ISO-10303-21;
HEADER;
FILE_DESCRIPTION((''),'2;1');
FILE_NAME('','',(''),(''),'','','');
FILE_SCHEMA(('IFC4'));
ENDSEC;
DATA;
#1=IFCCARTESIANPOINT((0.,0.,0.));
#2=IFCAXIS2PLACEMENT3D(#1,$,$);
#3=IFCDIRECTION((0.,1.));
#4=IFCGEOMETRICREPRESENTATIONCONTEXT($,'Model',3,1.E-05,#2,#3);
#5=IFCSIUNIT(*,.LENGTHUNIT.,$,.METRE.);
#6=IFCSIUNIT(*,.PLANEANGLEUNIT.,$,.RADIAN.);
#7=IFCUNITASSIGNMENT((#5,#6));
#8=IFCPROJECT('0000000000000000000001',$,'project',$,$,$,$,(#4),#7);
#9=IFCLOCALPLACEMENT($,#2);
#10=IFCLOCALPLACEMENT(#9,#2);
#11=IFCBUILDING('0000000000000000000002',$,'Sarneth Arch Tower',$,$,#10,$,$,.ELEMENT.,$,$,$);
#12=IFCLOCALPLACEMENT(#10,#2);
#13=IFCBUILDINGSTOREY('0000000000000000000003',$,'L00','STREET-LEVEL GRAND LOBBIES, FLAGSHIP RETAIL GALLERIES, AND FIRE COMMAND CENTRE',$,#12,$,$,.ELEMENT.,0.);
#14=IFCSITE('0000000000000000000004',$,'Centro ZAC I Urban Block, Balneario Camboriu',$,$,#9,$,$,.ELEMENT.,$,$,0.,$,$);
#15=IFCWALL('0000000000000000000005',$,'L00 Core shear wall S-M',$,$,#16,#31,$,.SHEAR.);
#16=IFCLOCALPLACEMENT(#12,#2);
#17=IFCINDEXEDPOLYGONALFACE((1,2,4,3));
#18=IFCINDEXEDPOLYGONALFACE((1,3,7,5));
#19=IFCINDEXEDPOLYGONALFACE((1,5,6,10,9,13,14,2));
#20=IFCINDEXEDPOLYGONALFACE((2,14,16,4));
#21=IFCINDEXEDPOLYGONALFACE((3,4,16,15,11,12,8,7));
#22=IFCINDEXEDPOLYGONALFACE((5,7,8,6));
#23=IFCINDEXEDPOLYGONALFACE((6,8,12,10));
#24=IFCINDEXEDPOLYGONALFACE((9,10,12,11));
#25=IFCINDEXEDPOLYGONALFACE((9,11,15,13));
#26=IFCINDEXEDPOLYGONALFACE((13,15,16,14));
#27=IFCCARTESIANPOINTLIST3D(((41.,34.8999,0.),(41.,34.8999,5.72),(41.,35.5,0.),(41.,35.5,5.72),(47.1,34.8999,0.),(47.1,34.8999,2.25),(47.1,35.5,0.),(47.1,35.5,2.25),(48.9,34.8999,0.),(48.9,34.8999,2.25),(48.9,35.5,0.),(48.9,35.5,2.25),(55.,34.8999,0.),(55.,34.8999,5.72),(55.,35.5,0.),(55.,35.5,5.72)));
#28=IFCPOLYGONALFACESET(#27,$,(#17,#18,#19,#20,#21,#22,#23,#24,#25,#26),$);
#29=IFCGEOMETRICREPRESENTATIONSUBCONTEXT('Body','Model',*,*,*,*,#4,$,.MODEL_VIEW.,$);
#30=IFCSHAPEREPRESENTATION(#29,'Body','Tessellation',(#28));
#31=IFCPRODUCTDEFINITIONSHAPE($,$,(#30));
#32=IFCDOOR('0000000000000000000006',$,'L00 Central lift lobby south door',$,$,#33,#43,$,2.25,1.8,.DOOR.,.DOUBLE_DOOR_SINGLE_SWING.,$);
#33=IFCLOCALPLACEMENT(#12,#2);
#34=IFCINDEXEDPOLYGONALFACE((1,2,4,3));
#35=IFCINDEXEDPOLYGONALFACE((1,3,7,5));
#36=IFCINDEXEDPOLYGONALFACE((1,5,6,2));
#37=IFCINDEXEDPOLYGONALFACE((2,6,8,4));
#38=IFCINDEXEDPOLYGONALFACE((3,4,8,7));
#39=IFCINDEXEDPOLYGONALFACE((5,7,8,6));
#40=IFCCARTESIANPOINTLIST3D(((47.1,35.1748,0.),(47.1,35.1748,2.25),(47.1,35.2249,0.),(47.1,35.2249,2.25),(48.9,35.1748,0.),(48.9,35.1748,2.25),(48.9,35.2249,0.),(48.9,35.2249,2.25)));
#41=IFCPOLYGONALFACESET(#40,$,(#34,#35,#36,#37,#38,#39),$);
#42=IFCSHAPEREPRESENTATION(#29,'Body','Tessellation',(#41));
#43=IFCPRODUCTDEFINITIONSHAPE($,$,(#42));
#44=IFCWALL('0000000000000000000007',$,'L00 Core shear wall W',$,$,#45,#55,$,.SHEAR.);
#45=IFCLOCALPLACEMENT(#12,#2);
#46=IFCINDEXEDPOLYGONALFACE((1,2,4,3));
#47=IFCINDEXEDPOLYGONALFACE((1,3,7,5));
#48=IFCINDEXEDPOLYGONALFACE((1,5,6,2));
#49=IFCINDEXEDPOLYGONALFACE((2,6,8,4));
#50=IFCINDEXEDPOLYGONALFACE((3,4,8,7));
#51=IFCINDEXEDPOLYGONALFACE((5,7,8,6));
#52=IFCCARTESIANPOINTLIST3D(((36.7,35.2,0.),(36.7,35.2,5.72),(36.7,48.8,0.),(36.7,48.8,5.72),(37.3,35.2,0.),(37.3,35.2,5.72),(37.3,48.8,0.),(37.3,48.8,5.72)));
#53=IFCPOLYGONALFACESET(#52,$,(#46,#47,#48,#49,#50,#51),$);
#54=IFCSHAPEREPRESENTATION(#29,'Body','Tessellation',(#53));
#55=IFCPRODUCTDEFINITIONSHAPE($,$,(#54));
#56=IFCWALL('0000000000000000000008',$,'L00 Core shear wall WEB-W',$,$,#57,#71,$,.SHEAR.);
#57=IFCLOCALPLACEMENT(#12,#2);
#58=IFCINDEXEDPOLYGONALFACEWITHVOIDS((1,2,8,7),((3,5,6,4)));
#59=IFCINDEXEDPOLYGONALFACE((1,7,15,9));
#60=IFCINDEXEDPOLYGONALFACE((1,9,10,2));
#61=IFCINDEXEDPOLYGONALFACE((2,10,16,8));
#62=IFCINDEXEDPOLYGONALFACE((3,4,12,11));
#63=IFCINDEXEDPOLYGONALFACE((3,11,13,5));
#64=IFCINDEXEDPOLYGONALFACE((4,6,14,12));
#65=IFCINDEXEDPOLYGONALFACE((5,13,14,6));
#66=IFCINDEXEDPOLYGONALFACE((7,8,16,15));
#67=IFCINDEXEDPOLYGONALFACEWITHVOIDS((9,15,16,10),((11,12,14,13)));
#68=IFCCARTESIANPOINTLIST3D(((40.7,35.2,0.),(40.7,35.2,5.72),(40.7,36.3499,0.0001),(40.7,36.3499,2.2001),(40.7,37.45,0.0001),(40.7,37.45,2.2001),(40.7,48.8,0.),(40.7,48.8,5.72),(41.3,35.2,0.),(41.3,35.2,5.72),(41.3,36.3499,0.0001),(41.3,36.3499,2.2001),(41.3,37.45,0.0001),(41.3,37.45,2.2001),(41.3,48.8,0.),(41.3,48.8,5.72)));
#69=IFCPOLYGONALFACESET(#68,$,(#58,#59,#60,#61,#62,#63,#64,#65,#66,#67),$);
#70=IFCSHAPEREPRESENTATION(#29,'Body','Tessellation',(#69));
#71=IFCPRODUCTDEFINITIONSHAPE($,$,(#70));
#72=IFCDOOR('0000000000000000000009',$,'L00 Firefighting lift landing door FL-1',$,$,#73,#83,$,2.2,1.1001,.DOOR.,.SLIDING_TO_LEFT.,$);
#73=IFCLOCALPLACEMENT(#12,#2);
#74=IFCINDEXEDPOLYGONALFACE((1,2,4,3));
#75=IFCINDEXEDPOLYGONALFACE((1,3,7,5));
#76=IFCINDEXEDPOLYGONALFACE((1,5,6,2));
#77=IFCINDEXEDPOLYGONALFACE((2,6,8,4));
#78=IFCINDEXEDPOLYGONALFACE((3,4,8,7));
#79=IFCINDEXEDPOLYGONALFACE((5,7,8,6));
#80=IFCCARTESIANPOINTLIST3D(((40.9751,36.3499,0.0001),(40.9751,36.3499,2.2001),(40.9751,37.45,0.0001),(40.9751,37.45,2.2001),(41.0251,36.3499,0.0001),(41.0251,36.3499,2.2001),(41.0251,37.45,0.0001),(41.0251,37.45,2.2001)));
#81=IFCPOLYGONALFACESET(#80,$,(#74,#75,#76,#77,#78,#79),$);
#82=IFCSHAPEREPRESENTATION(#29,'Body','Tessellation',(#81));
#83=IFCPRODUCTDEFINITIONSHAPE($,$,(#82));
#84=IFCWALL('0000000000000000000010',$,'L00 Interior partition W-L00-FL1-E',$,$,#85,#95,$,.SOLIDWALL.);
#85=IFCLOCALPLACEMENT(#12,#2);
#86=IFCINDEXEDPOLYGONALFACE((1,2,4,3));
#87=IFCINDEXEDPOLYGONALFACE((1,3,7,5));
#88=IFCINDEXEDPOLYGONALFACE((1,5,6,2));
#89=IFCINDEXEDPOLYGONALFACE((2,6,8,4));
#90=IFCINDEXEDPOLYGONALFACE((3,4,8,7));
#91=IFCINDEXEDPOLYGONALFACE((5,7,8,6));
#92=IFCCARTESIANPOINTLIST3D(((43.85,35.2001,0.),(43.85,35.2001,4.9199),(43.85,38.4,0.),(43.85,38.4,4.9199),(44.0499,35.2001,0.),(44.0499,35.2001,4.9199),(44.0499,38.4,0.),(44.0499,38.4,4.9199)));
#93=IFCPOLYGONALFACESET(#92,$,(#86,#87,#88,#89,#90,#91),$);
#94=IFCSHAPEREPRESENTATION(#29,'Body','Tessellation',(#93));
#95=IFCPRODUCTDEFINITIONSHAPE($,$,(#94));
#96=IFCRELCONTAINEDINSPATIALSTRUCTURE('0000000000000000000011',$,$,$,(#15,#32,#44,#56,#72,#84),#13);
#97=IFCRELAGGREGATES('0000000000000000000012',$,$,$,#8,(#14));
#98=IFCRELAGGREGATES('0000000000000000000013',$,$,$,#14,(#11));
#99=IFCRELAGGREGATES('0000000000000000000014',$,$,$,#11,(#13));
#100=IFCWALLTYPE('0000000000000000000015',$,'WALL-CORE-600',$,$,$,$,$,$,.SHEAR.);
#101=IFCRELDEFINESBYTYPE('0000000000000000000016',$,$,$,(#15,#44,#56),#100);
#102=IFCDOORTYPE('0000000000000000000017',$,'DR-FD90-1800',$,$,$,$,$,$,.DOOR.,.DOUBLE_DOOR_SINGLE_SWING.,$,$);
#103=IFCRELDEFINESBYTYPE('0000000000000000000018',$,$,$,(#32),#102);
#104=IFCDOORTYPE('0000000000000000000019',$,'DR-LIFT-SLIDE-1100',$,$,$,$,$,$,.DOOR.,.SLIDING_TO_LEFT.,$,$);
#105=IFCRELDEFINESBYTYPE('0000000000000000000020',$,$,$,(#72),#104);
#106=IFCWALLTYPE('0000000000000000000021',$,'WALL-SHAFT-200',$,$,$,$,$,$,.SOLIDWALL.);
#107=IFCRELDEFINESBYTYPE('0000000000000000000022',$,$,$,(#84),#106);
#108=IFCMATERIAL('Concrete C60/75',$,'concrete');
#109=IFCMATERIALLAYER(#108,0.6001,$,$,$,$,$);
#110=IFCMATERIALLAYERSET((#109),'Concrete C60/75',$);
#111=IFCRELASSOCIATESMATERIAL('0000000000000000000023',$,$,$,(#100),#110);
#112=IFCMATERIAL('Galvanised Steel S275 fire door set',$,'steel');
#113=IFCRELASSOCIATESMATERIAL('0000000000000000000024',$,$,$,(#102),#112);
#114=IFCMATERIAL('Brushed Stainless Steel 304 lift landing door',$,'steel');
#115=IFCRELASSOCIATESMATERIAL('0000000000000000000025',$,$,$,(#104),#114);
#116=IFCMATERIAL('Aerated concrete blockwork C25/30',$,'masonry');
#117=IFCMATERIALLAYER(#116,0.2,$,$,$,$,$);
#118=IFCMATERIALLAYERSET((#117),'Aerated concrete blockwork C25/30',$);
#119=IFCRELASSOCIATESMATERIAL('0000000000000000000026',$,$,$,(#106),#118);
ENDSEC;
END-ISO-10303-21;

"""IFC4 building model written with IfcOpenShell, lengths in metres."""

from ifc_helpers import new_model, si_unit, direction, frame, frame_2d, origin, place, context, subcontext, project, spatial, rectangle, extrude, material, layer, layer_set, type_object, element, fill, save


model = new_model("IFC4")

# Units and contexts
model_context = context("Model", 3, precision=1e-05, world=origin(), true_north=direction((0.0, 1.0)))
body_context = subcontext(model_context, "Body", "Model", "MODEL_VIEW")
ifc_project = project(units=[si_unit("LENGTHUNIT", "METRE"), si_unit("PLANEANGLEUNIT", "RADIAN")], contexts=[model_context])

# Site, building, storey
site_placement = place(None, origin())
site = spatial("IfcSite", under=ifc_project, at=site_placement, Name="Centro ZAC I Urban Block, Balneario Camboriu", CompositionType="ELEMENT", RefElevation=0.0)
building_placement = place(site_placement, origin())
building = spatial("IfcBuilding", under=site, at=building_placement, Name="Sarneth Arch Tower", CompositionType="ELEMENT")
storey_placement = place(building_placement, origin())
storey = spatial("IfcBuildingStorey", under=building, at=storey_placement, Name="L00", Description="STREET-LEVEL GRAND LOBBIES, FLAGSHIP RETAIL GALLERIES, AND FIRE COMMAND CENTRE", CompositionType="ELEMENT", Elevation=0.0)

# Wall, opening, door
ifc_material_1 = material(Name="Concrete C60/75", Category="concrete")
ifc_layer_1 = layer(ifc_material_1, 0.6001)
ifc_layer_set_1 = layer_set([ifc_layer_1], Name="Concrete C60/75")
wall_type_1 = type_object("IfcWallType", Name="WALL-CORE-600", PredefinedType="SHEAR", material=ifc_layer_set_1)
wall_1_placement = place(storey_placement, frame((41.0, 35.2, 0.0), z_axis=(0.0, 0.0, 1.0), x_axis=(1.0, 0.0, 0.0)))
wall_1 = element("IfcWall", 1, at=wall_1_placement, inside=storey, type_object=wall_type_1, Name="L00 Core shear wall S-M", PredefinedType="SHEAR", context=body_context, shape_type="SweptSolid", body=[
    extrude(rectangle(XDim=14.0, YDim=0.6001, at=frame_2d((7.0, 0.0))), origin(), (0.0, 0.0, 1.0), 5.72),
])
opening_1_placement = place(wall_1_placement, frame((6.1001, 0.0, 0.0)))
opening_1 = element("IfcOpeningElement", 2, at=opening_1_placement, cuts=wall_1, PredefinedType="OPENING", context=body_context, shape_type="SweptSolid", body=[
    extrude(rectangle(XDim=1.8, YDim=2.25, at=frame_2d((0.8999, 1.125))), frame((0.0, 0.3101, 0.0), z_axis=(0.0, -1.0, 0.0), x_axis=(1.0, 0.0, 0.0)), (0.0, 0.0, 1.0), 0.6201),
])
ifc_material_2 = material(Name="Galvanised Steel S275 fire door set", Category="steel")
door_type_1 = type_object("IfcDoorType", Name="DR-FD90-1800", OperationType="DOUBLE_DOOR_SINGLE_SWING", PredefinedType="DOOR", material=ifc_material_2)
door_1_placement = place(opening_1_placement, origin())
door_1 = element("IfcDoor", 3, at=door_1_placement, inside=storey, type_object=door_type_1, Name="L00 Central lift lobby south door", OperationType="DOUBLE_DOOR_SINGLE_SWING", OverallHeight=2.25, OverallWidth=1.8, PredefinedType="DOOR", context=body_context, shape_type="SweptSolid", body=[
    extrude(rectangle(XDim=1.8, YDim=2.25, at=frame_2d((0.8999, 1.125))), frame((0.0, 0.0249, 0.0), z_axis=(0.0, -1.0, 0.0), x_axis=(1.0, 0.0, 0.0)), (0.0, 0.0, 1.0), 0.05),
])
fill(opening_1, door_1)

# Wall
wall_2_placement = place(storey_placement, frame((37.0, 35.2, 0.0), z_axis=(0.0, 0.0, 1.0), x_axis=(0.0, 1.0, 0.0)))
element("IfcWall", 4, at=wall_2_placement, inside=storey, type_object=wall_type_1, Name="L00 Core shear wall W", PredefinedType="SHEAR", context=body_context, shape_type="SweptSolid", body=[
    extrude(rectangle(XDim=13.6001, YDim=0.6001, at=frame_2d((6.8, 0.0))), origin(), (0.0, 0.0, 1.0), 5.72),
])

# Wall, opening, door
wall_3_placement = place(storey_placement, frame((41.0, 35.2, 0.0), z_axis=(0.0, 0.0, 1.0), x_axis=(0.0, 1.0, 0.0)))
wall_3 = element("IfcWall", 5, at=wall_3_placement, inside=storey, type_object=wall_type_1, Name="L00 Core shear wall WEB-W", PredefinedType="SHEAR", context=body_context, shape_type="SweptSolid", body=[
    extrude(rectangle(XDim=13.6001, YDim=0.6001, at=frame_2d((6.8, 0.0))), origin(), (0.0, 0.0, 1.0), 5.72),
])
opening_2_placement = place(wall_3_placement, frame((1.1499, 0.0, 0.0)))
opening_2 = element("IfcOpeningElement", 6, at=opening_2_placement, cuts=wall_3, PredefinedType="OPENING", context=body_context, shape_type="SweptSolid", body=[
    extrude(rectangle(XDim=1.1001, YDim=2.2, at=frame_2d((0.55, 1.1001))), frame((0.0, 0.3101, 0.0), z_axis=(0.0, -1.0, 0.0), x_axis=(1.0, 0.0, 0.0)), (0.0, 0.0, 1.0), 0.6201),
])
ifc_material_3 = material(Name="Brushed Stainless Steel 304 lift landing door", Category="steel")
door_type_2 = type_object("IfcDoorType", Name="DR-LIFT-SLIDE-1100", OperationType="SLIDING_TO_LEFT", PredefinedType="DOOR", material=ifc_material_3)
door_2_placement = place(opening_2_placement, origin())
door_2 = element("IfcDoor", 7, at=door_2_placement, inside=storey, type_object=door_type_2, Name="L00 Firefighting lift landing door FL-1", OperationType="SLIDING_TO_LEFT", OverallHeight=2.2, OverallWidth=1.1001, PredefinedType="DOOR", context=body_context, shape_type="SweptSolid", body=[
    extrude(rectangle(XDim=1.1001, YDim=2.2, at=frame_2d((0.55, 1.1001))), frame((0.0, 0.0249, 0.0), z_axis=(0.0, -1.0, 0.0), x_axis=(1.0, 0.0, 0.0)), (0.0, 0.0, 1.0), 0.05),
])
fill(opening_2, door_2)

# Wall
ifc_material_4 = material(Name="Aerated concrete blockwork C25/30", Category="masonry")
ifc_layer_2 = layer(ifc_material_4, 0.2)
ifc_layer_set_2 = layer_set([ifc_layer_2], Name="Aerated concrete blockwork C25/30")
wall_type_2 = type_object("IfcWallType", Name="WALL-SHAFT-200", PredefinedType="SOLIDWALL", material=ifc_layer_set_2)
wall_4_placement = place(storey_placement, frame((43.95, 35.2, 0.0), z_axis=(0.0, 0.0, 1.0), x_axis=(0.0, 1.0, 0.0)))
element("IfcWall", 8, at=wall_4_placement, inside=storey, type_object=wall_type_2, Name="L00 Interior partition W-L00-FL1-E", PredefinedType="SOLIDWALL", context=body_context, shape_type="SweptSolid", body=[
    extrude(rectangle(XDim=3.2, YDim=0.2, at=frame_2d((1.6001, 0.0))), origin(), (0.0, 0.0, 1.0), 4.9199),
])

save(model, "model.ifc")
